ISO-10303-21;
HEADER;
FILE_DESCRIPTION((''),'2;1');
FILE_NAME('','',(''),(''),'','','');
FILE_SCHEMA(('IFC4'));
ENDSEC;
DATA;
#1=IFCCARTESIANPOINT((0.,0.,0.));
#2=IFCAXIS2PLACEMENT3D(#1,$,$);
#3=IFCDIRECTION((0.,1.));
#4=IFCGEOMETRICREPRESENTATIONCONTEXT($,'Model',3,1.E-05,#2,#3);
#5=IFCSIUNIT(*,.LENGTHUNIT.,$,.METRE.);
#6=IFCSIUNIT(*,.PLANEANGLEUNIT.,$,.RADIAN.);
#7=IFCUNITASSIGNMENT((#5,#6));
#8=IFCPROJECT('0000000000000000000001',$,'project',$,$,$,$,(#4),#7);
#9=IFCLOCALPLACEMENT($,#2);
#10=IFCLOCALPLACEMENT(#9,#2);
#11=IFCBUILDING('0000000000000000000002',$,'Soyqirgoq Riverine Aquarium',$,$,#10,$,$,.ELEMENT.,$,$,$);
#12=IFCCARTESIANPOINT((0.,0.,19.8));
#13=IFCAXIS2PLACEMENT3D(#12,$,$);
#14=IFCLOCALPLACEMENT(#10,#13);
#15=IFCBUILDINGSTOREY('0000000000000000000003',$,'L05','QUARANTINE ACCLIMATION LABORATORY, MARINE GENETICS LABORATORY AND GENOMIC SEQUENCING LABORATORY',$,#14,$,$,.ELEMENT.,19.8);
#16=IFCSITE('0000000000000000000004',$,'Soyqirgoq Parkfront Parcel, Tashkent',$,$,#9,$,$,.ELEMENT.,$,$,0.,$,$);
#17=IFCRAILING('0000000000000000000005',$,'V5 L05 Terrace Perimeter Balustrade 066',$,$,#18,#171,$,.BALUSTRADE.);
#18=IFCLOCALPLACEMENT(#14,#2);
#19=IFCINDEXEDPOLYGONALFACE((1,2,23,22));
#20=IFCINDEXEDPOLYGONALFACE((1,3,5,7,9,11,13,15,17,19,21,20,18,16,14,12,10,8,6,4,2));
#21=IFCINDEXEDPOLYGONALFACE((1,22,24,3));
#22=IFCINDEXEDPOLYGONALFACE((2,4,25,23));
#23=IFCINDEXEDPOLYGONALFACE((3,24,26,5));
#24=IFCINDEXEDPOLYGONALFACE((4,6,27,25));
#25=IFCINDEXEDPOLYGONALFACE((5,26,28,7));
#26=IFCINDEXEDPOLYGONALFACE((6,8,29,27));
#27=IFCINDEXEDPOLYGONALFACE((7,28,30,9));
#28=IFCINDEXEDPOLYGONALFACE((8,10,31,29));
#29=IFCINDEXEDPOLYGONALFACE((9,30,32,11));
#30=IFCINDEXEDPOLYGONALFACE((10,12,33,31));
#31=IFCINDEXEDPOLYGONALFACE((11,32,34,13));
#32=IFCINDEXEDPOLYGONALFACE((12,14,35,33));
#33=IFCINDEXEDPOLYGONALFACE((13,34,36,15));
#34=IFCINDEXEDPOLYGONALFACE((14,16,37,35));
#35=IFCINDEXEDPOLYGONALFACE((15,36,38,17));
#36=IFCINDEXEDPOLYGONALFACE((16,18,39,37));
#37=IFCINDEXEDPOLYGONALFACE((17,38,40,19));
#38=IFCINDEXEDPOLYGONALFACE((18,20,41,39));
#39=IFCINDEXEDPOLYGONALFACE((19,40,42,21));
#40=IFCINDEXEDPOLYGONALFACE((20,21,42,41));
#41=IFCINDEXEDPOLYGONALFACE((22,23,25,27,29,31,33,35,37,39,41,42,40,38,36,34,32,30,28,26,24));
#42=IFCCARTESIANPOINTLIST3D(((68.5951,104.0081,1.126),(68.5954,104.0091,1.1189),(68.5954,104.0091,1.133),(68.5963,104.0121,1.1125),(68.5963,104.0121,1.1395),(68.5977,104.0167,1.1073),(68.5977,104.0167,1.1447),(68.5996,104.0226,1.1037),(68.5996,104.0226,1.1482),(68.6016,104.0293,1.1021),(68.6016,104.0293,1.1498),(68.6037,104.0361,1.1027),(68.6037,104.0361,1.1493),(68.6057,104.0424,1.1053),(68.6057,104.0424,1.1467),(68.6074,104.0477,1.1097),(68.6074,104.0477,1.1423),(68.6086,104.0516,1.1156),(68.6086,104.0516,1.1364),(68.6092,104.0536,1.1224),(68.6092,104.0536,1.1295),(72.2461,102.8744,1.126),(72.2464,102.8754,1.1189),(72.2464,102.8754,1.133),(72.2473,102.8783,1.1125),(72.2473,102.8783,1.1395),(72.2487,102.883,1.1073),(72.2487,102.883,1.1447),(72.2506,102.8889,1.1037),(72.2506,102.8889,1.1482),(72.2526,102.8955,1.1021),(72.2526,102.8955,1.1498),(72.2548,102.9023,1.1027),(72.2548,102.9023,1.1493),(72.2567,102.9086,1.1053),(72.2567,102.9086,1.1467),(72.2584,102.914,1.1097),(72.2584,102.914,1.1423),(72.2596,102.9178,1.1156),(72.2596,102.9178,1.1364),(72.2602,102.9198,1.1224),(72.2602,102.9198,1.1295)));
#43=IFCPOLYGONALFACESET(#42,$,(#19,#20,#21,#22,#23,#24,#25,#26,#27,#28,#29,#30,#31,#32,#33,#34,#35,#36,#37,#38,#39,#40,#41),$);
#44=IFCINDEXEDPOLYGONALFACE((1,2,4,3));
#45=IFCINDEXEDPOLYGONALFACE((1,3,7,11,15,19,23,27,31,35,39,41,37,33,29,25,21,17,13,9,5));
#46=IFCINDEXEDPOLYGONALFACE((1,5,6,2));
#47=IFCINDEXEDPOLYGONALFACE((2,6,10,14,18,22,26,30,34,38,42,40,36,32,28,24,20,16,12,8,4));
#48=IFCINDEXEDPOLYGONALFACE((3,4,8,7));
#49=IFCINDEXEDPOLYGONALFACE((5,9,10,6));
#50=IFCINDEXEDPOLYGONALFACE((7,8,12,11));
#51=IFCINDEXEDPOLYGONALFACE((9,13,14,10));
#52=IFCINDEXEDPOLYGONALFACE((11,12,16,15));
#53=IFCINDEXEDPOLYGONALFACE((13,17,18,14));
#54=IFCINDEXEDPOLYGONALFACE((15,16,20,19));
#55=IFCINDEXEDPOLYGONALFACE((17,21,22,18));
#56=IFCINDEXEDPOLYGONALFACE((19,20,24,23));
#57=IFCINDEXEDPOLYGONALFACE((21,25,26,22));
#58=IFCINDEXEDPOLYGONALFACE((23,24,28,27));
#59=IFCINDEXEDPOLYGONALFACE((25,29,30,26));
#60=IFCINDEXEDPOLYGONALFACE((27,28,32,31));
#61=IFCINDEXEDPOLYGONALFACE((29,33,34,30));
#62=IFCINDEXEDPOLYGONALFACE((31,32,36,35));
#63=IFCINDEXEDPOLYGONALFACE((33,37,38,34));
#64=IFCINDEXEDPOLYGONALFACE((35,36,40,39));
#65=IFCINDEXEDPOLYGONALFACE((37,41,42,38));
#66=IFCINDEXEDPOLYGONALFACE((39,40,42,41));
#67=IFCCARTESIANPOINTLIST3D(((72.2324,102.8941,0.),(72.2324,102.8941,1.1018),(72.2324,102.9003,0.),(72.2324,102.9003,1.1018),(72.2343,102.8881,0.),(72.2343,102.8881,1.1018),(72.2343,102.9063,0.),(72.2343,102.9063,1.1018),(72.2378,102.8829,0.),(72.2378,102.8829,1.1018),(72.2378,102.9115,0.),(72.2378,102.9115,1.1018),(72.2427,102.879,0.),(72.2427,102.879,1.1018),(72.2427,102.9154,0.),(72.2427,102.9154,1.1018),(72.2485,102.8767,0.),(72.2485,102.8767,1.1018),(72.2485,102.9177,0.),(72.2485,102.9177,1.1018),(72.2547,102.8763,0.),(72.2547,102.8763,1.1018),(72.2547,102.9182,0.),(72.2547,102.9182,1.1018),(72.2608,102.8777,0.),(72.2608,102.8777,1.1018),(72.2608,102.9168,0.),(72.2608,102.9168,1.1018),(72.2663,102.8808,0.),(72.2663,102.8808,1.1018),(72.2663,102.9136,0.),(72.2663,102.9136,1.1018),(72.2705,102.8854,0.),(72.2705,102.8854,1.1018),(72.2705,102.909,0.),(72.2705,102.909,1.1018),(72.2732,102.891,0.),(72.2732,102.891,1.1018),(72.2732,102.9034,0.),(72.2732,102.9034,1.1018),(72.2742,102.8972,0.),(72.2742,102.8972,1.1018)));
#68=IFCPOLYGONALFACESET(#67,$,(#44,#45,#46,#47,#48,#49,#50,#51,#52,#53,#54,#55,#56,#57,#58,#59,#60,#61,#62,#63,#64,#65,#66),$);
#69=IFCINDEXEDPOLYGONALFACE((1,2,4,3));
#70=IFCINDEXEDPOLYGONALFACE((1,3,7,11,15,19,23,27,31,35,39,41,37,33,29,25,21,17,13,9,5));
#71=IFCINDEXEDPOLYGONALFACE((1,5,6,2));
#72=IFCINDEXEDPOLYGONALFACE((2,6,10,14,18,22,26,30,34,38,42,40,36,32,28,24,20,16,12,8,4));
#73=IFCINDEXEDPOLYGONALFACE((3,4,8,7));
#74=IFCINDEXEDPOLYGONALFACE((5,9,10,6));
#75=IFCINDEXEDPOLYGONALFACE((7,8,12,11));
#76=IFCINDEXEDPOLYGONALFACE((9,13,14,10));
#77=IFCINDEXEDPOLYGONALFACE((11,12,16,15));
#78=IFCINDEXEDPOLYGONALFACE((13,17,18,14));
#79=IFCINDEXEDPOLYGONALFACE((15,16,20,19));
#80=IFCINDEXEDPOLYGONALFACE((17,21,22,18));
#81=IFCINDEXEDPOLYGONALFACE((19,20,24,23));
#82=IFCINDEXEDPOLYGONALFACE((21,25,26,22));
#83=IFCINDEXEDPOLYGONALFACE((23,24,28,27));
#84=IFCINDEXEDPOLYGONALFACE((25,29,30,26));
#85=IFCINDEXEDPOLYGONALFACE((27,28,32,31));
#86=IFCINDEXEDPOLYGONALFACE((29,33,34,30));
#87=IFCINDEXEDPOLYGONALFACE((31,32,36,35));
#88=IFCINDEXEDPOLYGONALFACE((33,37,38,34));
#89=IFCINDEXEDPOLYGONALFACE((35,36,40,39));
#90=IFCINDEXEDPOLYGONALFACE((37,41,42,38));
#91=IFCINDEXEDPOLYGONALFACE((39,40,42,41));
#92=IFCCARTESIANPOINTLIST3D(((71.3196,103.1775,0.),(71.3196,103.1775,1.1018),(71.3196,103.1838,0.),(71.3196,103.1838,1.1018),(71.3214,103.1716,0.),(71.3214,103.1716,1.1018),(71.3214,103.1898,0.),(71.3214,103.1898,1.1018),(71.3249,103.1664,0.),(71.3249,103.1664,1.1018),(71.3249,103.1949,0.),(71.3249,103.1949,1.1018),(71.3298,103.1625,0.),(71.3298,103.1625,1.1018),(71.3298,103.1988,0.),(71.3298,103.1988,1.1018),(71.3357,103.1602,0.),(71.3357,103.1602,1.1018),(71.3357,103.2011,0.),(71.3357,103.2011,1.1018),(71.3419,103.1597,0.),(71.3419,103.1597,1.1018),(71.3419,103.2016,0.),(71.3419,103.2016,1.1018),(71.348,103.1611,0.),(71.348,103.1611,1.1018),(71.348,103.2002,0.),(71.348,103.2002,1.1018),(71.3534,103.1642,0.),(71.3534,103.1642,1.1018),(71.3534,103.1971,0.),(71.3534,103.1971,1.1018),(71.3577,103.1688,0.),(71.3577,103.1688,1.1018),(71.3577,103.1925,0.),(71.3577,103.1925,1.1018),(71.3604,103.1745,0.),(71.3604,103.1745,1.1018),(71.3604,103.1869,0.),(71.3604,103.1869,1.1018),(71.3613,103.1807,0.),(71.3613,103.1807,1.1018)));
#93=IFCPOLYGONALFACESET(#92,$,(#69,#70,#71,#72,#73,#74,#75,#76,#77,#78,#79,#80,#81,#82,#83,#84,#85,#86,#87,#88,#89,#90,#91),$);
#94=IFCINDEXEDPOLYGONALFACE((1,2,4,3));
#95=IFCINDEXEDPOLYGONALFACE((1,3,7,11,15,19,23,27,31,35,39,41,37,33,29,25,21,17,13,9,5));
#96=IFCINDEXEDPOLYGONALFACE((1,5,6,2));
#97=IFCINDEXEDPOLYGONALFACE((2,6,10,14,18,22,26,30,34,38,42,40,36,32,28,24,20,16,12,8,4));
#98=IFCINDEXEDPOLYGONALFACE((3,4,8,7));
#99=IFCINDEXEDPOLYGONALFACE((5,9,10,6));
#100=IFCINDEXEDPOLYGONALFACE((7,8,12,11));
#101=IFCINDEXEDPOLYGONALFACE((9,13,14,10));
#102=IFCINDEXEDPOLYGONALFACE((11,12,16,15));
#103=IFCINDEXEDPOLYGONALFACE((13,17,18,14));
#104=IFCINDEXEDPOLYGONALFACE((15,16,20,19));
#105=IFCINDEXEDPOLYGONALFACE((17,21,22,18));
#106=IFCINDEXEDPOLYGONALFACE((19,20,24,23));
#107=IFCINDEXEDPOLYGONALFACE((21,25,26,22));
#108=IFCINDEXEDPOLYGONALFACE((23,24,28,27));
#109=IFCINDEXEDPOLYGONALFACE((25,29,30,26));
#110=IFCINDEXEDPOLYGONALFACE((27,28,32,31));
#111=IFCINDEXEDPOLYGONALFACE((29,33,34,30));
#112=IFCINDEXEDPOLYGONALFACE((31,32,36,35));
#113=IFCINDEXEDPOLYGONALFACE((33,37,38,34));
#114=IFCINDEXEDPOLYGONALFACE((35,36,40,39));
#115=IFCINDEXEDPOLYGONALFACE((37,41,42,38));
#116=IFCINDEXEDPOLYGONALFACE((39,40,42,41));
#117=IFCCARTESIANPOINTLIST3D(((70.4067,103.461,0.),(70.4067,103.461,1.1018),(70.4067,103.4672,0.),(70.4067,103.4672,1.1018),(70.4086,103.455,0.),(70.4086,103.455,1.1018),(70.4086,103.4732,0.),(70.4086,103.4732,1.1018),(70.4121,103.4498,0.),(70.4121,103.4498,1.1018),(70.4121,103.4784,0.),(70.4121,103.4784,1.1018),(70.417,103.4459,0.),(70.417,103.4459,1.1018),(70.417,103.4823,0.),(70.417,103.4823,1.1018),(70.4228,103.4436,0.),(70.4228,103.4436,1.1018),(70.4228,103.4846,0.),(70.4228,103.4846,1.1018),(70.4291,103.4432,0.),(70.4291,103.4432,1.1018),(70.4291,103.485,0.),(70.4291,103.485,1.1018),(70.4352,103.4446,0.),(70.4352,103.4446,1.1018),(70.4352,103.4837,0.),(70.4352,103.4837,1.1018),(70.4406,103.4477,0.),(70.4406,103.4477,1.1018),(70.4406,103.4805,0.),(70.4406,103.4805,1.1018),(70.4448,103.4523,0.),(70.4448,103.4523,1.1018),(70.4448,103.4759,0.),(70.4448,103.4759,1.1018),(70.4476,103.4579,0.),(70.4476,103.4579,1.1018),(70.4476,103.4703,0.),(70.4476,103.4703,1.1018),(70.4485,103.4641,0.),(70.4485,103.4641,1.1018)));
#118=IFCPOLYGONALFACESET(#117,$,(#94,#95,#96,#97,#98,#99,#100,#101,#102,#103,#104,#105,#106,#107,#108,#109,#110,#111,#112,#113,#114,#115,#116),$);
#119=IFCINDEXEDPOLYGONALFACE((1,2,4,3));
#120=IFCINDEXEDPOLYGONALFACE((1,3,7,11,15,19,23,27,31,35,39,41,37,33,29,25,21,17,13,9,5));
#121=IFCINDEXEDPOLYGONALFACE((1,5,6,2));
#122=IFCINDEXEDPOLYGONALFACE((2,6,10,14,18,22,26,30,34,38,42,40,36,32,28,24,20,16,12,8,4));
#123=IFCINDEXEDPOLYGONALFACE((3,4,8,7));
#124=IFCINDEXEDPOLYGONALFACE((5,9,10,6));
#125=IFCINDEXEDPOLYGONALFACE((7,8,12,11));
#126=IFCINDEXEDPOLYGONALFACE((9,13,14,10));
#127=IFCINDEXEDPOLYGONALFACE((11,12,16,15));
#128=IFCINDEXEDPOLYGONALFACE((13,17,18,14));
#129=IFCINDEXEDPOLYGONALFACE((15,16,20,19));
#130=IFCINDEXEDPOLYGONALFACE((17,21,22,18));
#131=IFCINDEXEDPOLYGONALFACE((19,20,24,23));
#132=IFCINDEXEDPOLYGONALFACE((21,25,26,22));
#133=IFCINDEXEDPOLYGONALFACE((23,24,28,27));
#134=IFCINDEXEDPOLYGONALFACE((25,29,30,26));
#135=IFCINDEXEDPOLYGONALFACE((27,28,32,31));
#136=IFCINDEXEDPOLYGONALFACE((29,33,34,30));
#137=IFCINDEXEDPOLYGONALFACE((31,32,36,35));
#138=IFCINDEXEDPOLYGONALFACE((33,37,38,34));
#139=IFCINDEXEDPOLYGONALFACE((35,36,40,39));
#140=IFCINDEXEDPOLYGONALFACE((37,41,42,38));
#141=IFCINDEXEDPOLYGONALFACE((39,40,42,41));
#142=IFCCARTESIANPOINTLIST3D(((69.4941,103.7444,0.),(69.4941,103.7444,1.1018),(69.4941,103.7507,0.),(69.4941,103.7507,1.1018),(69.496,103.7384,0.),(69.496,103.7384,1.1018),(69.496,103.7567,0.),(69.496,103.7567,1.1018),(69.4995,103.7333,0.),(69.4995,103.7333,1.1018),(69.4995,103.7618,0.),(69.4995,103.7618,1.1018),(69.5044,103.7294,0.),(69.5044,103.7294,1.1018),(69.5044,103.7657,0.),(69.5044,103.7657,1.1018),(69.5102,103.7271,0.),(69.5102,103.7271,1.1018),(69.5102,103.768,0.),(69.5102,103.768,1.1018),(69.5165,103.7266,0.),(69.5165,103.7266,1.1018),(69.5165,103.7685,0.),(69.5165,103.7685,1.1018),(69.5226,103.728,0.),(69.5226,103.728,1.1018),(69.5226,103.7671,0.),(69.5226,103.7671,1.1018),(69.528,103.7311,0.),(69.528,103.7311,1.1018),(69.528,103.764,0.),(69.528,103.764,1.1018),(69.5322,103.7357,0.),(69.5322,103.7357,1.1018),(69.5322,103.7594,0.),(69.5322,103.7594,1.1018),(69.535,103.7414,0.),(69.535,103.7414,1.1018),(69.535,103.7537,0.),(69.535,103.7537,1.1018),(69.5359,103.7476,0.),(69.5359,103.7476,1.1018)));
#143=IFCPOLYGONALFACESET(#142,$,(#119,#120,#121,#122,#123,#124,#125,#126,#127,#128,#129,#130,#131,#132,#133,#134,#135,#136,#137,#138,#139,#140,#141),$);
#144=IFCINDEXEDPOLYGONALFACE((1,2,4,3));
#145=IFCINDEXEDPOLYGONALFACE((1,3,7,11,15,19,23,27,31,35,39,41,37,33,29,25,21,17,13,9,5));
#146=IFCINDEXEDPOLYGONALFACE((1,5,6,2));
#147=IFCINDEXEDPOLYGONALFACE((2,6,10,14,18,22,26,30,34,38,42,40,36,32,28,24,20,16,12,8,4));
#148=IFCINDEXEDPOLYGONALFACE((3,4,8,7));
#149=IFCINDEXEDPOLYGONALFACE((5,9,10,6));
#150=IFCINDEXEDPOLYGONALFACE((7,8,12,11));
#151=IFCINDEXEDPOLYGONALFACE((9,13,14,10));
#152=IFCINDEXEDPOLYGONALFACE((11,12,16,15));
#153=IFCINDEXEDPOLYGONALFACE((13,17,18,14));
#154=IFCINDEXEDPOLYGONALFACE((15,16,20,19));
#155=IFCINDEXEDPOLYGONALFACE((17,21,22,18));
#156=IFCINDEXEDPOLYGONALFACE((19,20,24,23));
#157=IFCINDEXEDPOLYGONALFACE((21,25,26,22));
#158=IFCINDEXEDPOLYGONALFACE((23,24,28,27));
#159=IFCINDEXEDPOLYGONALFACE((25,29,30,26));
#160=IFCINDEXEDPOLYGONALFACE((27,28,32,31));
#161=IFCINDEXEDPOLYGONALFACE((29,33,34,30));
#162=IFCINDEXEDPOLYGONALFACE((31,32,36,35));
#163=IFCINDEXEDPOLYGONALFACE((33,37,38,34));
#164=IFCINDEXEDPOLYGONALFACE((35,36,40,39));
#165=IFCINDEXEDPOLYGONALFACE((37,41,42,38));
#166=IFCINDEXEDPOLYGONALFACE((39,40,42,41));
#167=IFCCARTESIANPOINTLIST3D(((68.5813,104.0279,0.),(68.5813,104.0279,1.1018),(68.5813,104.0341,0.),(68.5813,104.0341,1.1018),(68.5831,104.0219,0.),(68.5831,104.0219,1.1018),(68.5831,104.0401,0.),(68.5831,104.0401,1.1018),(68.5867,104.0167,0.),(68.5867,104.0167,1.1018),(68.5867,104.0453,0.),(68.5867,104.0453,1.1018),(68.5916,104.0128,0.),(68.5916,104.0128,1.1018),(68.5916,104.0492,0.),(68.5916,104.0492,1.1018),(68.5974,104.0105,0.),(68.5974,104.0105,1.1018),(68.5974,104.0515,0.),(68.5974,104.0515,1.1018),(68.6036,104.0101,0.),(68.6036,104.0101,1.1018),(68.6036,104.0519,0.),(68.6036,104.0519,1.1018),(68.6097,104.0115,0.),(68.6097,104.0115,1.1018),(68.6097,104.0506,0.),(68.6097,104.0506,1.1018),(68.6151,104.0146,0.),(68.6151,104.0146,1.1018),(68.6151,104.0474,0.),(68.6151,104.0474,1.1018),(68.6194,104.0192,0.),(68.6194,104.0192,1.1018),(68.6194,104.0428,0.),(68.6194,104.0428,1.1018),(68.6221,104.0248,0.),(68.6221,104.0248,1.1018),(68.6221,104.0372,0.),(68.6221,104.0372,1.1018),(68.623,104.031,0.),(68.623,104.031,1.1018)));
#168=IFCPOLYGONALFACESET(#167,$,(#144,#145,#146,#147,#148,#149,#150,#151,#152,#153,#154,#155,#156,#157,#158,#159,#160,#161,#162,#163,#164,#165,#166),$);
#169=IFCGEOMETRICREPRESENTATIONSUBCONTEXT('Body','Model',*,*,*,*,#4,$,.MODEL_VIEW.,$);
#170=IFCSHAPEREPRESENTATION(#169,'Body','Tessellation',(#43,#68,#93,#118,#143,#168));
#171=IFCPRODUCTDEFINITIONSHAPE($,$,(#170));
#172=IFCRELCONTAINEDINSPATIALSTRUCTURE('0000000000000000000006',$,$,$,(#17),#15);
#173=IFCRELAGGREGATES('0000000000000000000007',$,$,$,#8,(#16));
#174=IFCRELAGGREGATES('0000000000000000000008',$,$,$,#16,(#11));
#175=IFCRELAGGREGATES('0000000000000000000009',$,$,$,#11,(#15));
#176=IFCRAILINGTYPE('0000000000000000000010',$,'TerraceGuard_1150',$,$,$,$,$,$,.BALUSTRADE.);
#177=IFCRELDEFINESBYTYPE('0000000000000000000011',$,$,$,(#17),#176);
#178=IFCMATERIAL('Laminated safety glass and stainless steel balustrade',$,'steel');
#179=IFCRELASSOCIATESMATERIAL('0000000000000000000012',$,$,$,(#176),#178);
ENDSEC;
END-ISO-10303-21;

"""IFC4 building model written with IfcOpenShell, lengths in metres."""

from ifc_helpers import new_model, si_unit, direction, frame, origin, origin_2d, place, context, subcontext, project, spatial, circle, extrude, material, type_object, element, save


model = new_model("IFC4")

# Units and contexts
model_context = context("Model", 3, precision=1e-05, world=origin(), true_north=direction((0.0, 1.0)))
body_context = subcontext(model_context, "Body", "Model", "MODEL_VIEW")
ifc_project = project(units=[si_unit("LENGTHUNIT", "METRE"), si_unit("PLANEANGLEUNIT", "RADIAN")], contexts=[model_context])

# Site, building, storey
site_placement = place(None, origin())
site = spatial("IfcSite", under=ifc_project, at=site_placement, Name="Soyqirgoq Parkfront Parcel, Tashkent", CompositionType="ELEMENT", RefElevation=0.0)
building_placement = place(site_placement, origin())
building = spatial("IfcBuilding", under=site, at=building_placement, Name="Soyqirgoq Riverine Aquarium", CompositionType="ELEMENT")
storey_placement = place(building_placement, frame((0.0, 0.0, 19.8)))
storey = spatial("IfcBuildingStorey", under=building, at=storey_placement, Name="L05", Description="QUARANTINE ACCLIMATION LABORATORY, MARINE GENETICS LABORATORY AND GENOMIC SEQUENCING LABORATORY", CompositionType="ELEMENT", Elevation=19.8)

# Railing
ifc_material_1 = material(Name="Laminated safety glass and stainless steel balustrade", Category="steel")
railing_type = type_object("IfcRailingType", Name="TerraceGuard_1150", PredefinedType="BALUSTRADE", material=ifc_material_1)
railing_1_placement = place(storey_placement, frame((72.2532, 102.8972, 0.0)))
element("IfcRailing", 1, at=railing_1_placement, inside=storey, type_object=railing_type, Name="V5 L05 Terrace Perimeter Balustrade 066", PredefinedType="BALUSTRADE", context=body_context, shape_type="SweptSolid", body=[
    extrude(circle(Radius=0.0239, at=origin_2d()), frame((0.0, 0.0, 1.126), z_axis=(-0.955014, 0.296562, 0.0), x_axis=(-0.296562, -0.955014, 0.0)), (0.0, 0.0, 1.0), 3.823),
    extrude(circle(Radius=0.021, at=origin_2d()), origin(), (0.0, 0.0, 1.0), 1.1018),
    extrude(circle(Radius=0.021, at=origin_2d()), frame((-0.9128, 0.2834, 0.0)), (0.0, 0.0, 1.0), 1.1018),
    extrude(circle(Radius=0.021, at=origin_2d()), frame((-1.8257, 0.5669, 0.0)), (0.0, 0.0, 1.0), 1.1018),
    extrude(circle(Radius=0.021, at=origin_2d()), frame((-2.7383, 0.8503, 0.0)), (0.0, 0.0, 1.0), 1.1018),
    extrude(circle(Radius=0.021, at=origin_2d()), frame((-3.6511, 1.1338, 0.0)), (0.0, 0.0, 1.0), 1.1018),
])

save(model, "model.ifc")
